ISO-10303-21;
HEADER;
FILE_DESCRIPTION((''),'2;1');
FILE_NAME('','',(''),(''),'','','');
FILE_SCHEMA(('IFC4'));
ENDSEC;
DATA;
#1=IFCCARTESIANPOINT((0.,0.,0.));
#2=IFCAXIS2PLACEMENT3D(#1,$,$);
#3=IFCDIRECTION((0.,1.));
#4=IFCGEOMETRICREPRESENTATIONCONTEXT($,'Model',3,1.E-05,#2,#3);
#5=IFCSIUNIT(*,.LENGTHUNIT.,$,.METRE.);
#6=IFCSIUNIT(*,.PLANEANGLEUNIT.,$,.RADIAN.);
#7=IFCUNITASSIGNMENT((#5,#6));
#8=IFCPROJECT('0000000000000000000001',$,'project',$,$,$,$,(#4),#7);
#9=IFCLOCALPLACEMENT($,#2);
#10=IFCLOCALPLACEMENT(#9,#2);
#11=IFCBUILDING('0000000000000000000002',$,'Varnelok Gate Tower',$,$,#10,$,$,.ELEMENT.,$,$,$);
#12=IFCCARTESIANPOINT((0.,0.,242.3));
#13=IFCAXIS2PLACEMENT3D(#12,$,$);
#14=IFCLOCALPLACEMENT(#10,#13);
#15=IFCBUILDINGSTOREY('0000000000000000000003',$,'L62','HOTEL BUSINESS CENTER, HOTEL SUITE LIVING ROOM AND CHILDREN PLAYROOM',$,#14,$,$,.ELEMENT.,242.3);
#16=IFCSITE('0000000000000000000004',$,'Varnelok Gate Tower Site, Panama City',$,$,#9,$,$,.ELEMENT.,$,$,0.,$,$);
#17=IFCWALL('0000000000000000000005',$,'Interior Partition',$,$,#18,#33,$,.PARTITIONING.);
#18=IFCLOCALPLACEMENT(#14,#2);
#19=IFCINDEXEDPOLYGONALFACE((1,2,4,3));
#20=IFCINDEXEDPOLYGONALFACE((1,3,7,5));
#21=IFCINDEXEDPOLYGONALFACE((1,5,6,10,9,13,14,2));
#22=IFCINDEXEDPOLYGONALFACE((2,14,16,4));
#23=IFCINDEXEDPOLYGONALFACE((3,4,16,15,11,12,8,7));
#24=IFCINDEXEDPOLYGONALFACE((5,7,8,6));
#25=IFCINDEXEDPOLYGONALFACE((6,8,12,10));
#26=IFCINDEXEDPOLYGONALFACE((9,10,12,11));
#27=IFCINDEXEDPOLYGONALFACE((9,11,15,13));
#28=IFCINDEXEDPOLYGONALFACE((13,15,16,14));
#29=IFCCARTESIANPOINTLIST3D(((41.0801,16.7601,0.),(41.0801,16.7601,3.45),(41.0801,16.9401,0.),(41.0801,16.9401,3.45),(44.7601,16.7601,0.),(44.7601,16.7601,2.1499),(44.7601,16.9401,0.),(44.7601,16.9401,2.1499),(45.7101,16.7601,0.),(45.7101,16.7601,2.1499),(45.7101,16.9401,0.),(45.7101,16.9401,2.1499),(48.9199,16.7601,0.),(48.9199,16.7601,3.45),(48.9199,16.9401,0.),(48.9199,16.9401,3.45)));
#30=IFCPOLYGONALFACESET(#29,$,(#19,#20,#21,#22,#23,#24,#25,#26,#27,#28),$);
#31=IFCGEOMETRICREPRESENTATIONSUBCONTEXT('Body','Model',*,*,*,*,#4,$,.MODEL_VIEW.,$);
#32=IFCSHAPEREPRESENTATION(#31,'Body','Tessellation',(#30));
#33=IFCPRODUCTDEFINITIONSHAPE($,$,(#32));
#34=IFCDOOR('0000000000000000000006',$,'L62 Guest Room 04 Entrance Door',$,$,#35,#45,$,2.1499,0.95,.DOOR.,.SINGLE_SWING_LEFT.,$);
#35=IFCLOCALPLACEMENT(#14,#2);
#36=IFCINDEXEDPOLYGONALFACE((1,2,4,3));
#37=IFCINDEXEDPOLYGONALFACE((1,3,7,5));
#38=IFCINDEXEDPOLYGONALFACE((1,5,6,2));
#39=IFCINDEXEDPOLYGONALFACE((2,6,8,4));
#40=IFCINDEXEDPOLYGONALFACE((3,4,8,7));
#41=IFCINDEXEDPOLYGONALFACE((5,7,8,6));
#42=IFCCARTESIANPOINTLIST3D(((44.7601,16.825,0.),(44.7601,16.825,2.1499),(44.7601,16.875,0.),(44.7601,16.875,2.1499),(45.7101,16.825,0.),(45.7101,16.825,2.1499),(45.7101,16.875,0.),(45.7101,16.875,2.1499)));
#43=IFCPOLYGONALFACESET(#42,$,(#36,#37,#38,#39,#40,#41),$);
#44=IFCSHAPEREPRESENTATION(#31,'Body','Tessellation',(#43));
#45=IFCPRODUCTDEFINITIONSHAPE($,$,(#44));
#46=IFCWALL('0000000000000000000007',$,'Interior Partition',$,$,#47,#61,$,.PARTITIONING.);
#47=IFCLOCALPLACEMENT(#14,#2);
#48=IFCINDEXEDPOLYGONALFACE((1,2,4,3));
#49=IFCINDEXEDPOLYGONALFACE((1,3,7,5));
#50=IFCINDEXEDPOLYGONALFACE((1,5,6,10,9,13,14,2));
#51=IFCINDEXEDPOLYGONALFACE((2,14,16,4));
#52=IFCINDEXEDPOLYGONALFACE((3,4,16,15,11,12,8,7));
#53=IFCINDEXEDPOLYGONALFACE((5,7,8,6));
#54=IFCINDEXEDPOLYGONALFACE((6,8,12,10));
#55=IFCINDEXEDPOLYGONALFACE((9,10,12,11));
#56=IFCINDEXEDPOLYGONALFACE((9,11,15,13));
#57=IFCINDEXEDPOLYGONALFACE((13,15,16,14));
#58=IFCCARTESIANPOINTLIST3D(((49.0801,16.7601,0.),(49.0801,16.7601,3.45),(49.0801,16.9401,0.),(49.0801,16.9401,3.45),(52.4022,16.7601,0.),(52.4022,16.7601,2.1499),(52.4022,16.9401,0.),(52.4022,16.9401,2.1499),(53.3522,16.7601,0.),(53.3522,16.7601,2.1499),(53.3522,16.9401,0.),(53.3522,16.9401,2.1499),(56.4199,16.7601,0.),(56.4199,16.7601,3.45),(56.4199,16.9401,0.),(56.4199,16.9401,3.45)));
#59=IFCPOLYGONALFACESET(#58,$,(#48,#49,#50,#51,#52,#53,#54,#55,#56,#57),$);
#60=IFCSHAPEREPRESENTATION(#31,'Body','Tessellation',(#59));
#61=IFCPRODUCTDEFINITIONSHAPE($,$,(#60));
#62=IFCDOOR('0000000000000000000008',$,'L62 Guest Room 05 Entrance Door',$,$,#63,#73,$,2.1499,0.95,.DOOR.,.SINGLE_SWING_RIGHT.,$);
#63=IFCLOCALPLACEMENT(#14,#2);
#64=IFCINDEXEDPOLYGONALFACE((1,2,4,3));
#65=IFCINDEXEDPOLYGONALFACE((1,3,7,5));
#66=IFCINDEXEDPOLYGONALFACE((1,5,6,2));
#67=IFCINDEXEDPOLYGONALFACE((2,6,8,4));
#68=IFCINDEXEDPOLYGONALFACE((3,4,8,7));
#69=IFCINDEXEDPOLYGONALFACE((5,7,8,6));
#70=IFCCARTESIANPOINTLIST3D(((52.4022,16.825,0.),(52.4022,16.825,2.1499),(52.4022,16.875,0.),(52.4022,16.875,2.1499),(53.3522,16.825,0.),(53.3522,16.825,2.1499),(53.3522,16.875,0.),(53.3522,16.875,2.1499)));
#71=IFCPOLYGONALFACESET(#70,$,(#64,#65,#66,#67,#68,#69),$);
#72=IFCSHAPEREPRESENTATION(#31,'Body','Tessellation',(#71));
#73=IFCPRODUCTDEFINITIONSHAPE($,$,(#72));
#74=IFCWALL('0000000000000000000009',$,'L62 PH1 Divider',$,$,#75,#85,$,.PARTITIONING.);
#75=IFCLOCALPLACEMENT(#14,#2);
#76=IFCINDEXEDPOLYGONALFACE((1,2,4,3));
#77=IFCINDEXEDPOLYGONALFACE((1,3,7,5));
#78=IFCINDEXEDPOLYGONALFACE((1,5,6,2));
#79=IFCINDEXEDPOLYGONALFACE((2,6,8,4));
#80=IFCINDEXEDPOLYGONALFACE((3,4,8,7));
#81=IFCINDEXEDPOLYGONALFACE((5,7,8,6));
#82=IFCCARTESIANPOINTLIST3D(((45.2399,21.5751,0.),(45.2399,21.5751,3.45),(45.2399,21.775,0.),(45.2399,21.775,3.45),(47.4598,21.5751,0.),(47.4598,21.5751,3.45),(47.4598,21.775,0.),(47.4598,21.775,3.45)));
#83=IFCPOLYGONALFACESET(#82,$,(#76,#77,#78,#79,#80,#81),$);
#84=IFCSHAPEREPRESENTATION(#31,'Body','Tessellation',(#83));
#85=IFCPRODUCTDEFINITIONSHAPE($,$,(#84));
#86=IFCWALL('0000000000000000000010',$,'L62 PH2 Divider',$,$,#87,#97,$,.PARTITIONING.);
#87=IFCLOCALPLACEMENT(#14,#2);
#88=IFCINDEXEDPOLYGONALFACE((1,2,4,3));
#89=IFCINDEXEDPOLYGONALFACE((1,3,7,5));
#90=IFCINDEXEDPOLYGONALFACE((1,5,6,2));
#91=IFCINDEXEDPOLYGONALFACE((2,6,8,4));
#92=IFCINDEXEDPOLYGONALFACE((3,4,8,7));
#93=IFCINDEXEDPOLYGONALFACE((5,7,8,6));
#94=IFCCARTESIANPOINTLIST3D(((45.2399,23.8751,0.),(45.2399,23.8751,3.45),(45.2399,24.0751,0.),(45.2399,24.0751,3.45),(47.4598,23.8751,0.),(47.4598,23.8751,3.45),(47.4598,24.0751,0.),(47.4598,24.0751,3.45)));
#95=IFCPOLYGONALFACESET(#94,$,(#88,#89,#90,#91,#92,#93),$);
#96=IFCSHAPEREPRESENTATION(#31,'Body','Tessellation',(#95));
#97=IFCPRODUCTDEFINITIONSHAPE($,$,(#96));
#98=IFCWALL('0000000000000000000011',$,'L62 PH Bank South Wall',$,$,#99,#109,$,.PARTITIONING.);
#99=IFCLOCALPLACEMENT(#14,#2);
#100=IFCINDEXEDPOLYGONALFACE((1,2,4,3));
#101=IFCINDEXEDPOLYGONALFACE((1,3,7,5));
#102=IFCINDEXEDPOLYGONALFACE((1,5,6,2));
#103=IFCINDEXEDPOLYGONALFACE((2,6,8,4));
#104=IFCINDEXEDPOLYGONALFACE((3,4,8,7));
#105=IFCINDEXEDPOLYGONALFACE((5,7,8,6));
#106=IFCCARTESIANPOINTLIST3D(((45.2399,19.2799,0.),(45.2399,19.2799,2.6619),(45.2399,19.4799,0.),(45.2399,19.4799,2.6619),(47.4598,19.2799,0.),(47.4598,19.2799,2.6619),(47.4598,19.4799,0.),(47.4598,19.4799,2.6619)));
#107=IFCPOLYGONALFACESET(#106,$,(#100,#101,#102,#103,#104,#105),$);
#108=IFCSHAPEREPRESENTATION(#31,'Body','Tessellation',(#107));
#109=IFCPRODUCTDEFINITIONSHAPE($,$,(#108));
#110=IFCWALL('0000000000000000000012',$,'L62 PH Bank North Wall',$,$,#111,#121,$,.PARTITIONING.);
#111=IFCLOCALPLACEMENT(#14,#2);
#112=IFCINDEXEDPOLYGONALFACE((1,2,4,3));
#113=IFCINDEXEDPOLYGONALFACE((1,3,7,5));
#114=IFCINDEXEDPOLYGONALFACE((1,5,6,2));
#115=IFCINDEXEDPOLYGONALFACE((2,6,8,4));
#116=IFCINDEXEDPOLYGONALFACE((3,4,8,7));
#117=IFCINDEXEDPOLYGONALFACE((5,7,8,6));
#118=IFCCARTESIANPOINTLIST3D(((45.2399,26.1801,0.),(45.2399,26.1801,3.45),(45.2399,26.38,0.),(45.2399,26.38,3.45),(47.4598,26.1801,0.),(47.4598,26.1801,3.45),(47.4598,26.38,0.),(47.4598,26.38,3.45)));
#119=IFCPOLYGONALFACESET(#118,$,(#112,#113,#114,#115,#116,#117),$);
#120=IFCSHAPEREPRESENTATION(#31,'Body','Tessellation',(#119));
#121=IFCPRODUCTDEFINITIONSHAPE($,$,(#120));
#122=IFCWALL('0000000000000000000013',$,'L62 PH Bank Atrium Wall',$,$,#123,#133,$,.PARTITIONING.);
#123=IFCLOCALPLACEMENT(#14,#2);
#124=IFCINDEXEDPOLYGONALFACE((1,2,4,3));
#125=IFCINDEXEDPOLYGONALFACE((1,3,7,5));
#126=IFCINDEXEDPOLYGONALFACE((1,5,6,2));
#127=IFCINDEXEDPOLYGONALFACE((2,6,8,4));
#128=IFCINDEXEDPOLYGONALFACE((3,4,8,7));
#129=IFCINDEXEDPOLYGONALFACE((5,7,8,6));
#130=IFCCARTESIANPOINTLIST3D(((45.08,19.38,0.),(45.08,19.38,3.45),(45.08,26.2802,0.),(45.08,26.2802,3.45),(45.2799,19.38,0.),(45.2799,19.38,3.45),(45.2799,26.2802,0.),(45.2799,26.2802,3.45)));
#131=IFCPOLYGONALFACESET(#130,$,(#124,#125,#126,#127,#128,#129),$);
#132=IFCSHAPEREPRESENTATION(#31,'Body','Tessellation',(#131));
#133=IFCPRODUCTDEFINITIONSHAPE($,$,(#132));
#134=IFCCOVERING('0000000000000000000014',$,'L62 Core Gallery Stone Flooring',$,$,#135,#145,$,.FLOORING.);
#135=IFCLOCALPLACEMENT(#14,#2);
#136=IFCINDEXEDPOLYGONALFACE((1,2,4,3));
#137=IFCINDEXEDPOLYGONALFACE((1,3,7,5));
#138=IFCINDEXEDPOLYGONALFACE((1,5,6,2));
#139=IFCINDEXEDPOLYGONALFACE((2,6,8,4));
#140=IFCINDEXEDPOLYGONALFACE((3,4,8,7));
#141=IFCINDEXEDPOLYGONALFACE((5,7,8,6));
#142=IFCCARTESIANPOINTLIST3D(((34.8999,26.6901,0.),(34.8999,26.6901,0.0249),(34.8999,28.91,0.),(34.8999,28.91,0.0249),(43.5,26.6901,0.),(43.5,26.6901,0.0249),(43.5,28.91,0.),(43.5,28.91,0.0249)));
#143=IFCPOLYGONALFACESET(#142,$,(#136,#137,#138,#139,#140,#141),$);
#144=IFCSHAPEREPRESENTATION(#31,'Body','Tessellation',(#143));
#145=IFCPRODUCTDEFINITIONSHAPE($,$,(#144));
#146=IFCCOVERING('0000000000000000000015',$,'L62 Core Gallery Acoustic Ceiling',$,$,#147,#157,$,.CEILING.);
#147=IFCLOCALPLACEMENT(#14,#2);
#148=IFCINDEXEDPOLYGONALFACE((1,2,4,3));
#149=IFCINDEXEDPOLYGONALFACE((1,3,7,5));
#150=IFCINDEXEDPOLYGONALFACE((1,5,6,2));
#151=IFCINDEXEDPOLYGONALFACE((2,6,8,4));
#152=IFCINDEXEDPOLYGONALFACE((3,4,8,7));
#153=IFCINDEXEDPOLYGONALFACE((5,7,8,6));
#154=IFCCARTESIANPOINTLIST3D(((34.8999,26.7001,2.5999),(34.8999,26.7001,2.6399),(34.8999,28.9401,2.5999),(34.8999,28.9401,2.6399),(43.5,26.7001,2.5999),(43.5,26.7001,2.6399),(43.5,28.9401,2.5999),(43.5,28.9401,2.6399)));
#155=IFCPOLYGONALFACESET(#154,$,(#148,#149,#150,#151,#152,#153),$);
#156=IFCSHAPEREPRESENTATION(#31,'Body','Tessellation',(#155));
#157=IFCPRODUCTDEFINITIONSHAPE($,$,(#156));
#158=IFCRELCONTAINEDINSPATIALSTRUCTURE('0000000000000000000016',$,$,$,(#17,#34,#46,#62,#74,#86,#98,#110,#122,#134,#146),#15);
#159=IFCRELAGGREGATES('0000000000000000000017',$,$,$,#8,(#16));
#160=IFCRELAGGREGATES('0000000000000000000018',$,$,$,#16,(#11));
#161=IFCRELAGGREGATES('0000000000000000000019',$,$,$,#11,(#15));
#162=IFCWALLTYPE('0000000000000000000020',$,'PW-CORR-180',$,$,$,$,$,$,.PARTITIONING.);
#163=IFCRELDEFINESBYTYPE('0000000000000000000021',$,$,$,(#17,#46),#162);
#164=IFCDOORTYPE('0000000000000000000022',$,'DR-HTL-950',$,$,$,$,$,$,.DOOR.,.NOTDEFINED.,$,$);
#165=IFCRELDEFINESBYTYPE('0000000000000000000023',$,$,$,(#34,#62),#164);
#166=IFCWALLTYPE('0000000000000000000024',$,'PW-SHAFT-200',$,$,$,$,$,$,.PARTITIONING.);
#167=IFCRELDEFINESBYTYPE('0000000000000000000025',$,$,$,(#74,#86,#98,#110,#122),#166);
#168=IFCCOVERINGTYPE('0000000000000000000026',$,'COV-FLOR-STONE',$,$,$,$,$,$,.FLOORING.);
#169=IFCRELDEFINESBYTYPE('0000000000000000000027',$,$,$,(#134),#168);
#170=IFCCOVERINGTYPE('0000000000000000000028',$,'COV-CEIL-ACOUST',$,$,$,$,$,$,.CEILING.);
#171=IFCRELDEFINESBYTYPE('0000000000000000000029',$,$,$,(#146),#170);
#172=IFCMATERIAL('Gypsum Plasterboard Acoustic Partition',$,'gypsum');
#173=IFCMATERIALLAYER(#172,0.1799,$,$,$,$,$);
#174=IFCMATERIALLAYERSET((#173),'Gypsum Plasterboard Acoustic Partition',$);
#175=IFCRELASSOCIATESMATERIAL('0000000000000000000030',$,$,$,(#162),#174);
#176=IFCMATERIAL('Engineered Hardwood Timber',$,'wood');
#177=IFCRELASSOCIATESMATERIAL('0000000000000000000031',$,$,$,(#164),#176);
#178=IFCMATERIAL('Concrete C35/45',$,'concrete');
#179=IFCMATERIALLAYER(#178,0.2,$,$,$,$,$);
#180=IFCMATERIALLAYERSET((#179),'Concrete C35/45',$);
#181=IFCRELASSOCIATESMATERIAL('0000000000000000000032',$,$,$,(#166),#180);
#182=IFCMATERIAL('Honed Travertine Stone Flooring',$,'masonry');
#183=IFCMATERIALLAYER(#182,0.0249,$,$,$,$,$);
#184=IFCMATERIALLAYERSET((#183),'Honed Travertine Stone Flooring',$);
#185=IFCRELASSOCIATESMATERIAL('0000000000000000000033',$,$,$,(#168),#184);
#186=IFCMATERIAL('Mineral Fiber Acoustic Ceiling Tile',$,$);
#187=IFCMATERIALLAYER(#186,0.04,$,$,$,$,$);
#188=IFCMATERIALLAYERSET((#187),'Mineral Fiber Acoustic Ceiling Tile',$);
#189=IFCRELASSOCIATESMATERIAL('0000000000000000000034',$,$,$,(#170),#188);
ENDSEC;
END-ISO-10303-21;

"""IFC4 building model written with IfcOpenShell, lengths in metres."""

from ifc_helpers import new_model, si_unit, direction, frame, frame_2d, origin, origin_2d, place, context, subcontext, project, spatial, rectangle, extrude, source, transform, mapped, material, layer, layer_set, type_object, element, fill, save


model = new_model("IFC4")

# Units and contexts
model_context = context("Model", 3, precision=1e-05, world=origin(), true_north=direction((0.0, 1.0)))
body_context = subcontext(model_context, "Body", "Model", "MODEL_VIEW")
ifc_project = project(units=[si_unit("LENGTHUNIT", "METRE"), si_unit("PLANEANGLEUNIT", "RADIAN")], contexts=[model_context])

# Site, building, storey
site_placement = place(None, origin())
site = spatial("IfcSite", under=ifc_project, at=site_placement, Name="Varnelok Gate Tower Site, Panama City", CompositionType="ELEMENT", RefElevation=0.0)
building_placement = place(site_placement, origin())
building = spatial("IfcBuilding", under=site, at=building_placement, Name="Varnelok Gate Tower", CompositionType="ELEMENT")
storey_placement = place(building_placement, frame((0.0, 0.0, 242.3)))
storey = spatial("IfcBuildingStorey", under=building, at=storey_placement, Name="L62", Description="HOTEL BUSINESS CENTER, HOTEL SUITE LIVING ROOM AND CHILDREN PLAYROOM", CompositionType="ELEMENT", Elevation=242.3)

# Walls, openings, doors
ifc_material_1 = material(Name="Gypsum Plasterboard Acoustic Partition", Category="gypsum")
ifc_layer_1 = layer(ifc_material_1, 0.1799)
ifc_layer_set_1 = layer_set([ifc_layer_1], Name="Gypsum Plasterboard Acoustic Partition")
wall_type_1 = type_object("IfcWallType", Name="PW-CORR-180", PredefinedType="PARTITIONING", material=ifc_layer_set_1)
wall_1_placement = place(storey_placement, frame((41.0801, 16.8501, 0.0), z_axis=(0.0, 0.0, 1.0), x_axis=(1.0, 0.0, 0.0)))
wall_1 = element("IfcWall", 1, at=wall_1_placement, inside=storey, type_object=wall_type_1, Name="Interior Partition", PredefinedType="PARTITIONING", context=body_context, shape_type="SweptSolid", body=[
    extrude(rectangle(XDim=7.8398, YDim=0.1799, at=frame_2d((3.9199, 0.0))), origin(), (0.0, 0.0, 1.0), 3.45),
])
opening_1_placement = place(wall_1_placement, frame((3.6799, 0.0, 0.0)))
opening_1 = element("IfcOpeningElement", 2, at=opening_1_placement, cuts=wall_1, PredefinedType="OPENING", context=body_context, shape_type="SweptSolid", body=[
    extrude(rectangle(XDim=0.95, YDim=2.1499, at=frame_2d((0.4751, 1.075))), frame((0.0, 0.0999, 0.0), z_axis=(0.0, -1.0, 0.0), x_axis=(1.0, 0.0, 0.0)), (0.0, 0.0, 1.0), 0.2),
])
ifc_material_2 = material(Name="Engineered Hardwood Timber", Category="wood")
door_type_1 = type_object("IfcDoorType", Name="DR-HTL-950", OperationType="NOTDEFINED", PredefinedType="DOOR", material=ifc_material_2)
door_1_placement = place(opening_1_placement, origin())
door_1 = element("IfcDoor", 3, at=door_1_placement, inside=storey, type_object=door_type_1, Name="L62 Guest Room 04 Entrance Door", OperationType="SINGLE_SWING_LEFT", OverallHeight=2.1499, OverallWidth=0.95, PredefinedType="DOOR", context=body_context, shape_type="SweptSolid", body=[
    extrude(rectangle(XDim=0.95, YDim=2.1499, at=frame_2d((0.4751, 1.075))), frame((0.0, 0.0249, 0.0), z_axis=(0.0, -1.0, 0.0), x_axis=(1.0, 0.0, 0.0)), (0.0, 0.0, 1.0), 0.05),
])
fill(opening_1, door_1)
wall_2_placement = place(storey_placement, frame((49.0801, 16.8501, 0.0), z_axis=(0.0, 0.0, 1.0), x_axis=(1.0, 0.0, 0.0)))
wall_2 = element("IfcWall", 4, at=wall_2_placement, inside=storey, type_object=wall_type_1, Name="Interior Partition", PredefinedType="PARTITIONING", context=body_context, shape_type="SweptSolid", body=[
    extrude(rectangle(XDim=7.3398, YDim=0.1799, at=frame_2d((3.6699, 0.0))), origin(), (0.0, 0.0, 1.0), 3.45),
])
opening_2_placement = place(wall_2_placement, frame((3.322, 0.0, 0.0)))
opening_2 = element("IfcOpeningElement", 5, at=opening_2_placement, cuts=wall_2, PredefinedType="OPENING", context=body_context, shape_type="SweptSolid", body=[
    extrude(rectangle(XDim=0.95, YDim=2.1499, at=frame_2d((0.4751, 1.075))), frame((0.0, 0.0999, 0.0), z_axis=(0.0, -1.0, 0.0), x_axis=(1.0, 0.0, 0.0)), (0.0, 0.0, 1.0), 0.2),
])
door_2_placement = place(opening_2_placement, origin())
door_2 = element("IfcDoor", 6, at=door_2_placement, inside=storey, type_object=door_type_1, Name="L62 Guest Room 05 Entrance Door", OperationType="SINGLE_SWING_RIGHT", OverallHeight=2.1499, OverallWidth=0.95, PredefinedType="DOOR", context=body_context, shape_type="SweptSolid", body=[
    extrude(rectangle(XDim=0.95, YDim=2.1499, at=frame_2d((0.4751, 1.075))), frame((0.0, 0.0249, 0.0), z_axis=(0.0, -1.0, 0.0), x_axis=(1.0, 0.0, 0.0)), (0.0, 0.0, 1.0), 0.05),
])
fill(opening_2, door_2)

# Walls
ifc_material_3 = material(Name="Concrete C35/45", Category="concrete")
ifc_layer_2 = layer(ifc_material_3, 0.2)
ifc_layer_set_2 = layer_set([ifc_layer_2], Name="Concrete C35/45")
wall_type_2 = type_object("IfcWallType", Name="PW-SHAFT-200", PredefinedType="PARTITIONING", material=ifc_layer_set_2)
for number, where, z_axis, x_axis, name in (
    (7, (45.24, 21.675, 0.0), (0.0, 0.0, 1.0), (1.0, 0.0, 0.0), "L62 PH1 Divider"),
    (8, (45.24, 23.9751, 0.0), (0.0, 0.0, 1.0), (1.0, 0.0, 0.0), "L62 PH2 Divider"),
):
    element("IfcWall", number, at=place(storey_placement, frame(where, z_axis=z_axis, x_axis=x_axis)), inside=storey, type_object=wall_type_2, Name=name, PredefinedType="PARTITIONING", context=body_context, shape_type="SweptSolid", body=[
        extrude(rectangle(XDim=2.22, YDim=0.2, at=frame_2d((1.1099, 0.0))), origin(), (0.0, 0.0, 1.0), 3.45),
    ])
wall_3_placement = place(storey_placement, frame((45.24, 19.3799, 0.0), z_axis=(0.0, 0.0, 1.0), x_axis=(1.0, 0.0, 0.0)))
element("IfcWall", 9, at=wall_3_placement, inside=storey, type_object=wall_type_2, Name="L62 PH Bank South Wall", PredefinedType="PARTITIONING", context=body_context, shape_type="SweptSolid", body=[
    extrude(rectangle(XDim=2.22, YDim=0.2, at=frame_2d((1.1099, 0.0))), origin(), (0.0, 0.0, 1.0), 2.6619),
])
wall_4_placement = place(storey_placement, frame((45.24, 26.28, 0.0), z_axis=(0.0, 0.0, 1.0), x_axis=(1.0, 0.0, 0.0)))
element("IfcWall", 10, at=wall_4_placement, inside=storey, type_object=wall_type_2, Name="L62 PH Bank North Wall", PredefinedType="PARTITIONING", context=body_context, shape_type="SweptSolid", body=[
    extrude(rectangle(XDim=2.22, YDim=0.2, at=frame_2d((1.1099, 0.0))), origin(), (0.0, 0.0, 1.0), 3.45),
])
wall_5_placement = place(storey_placement, frame((45.1799, 19.3799, 0.0), z_axis=(0.0, 0.0, 1.0), x_axis=(0.0, 1.0, 0.0)))
element("IfcWall", 11, at=wall_5_placement, inside=storey, type_object=wall_type_2, Name="L62 PH Bank Atrium Wall", PredefinedType="PARTITIONING", context=body_context, shape_type="SweptSolid", body=[
    extrude(rectangle(XDim=6.9001, YDim=0.2, at=frame_2d((3.4502, 0.0))), origin(), (0.0, 0.0, 1.0), 3.45),
])

# Coverings
ifc_material_4 = material(Name="Honed Travertine Stone Flooring", Category="masonry")
ifc_layer_3 = layer(ifc_material_4, 0.0249)
ifc_layer_set_3 = layer_set([ifc_layer_3], Name="Honed Travertine Stone Flooring")
covering_type_1 = type_object("IfcCoveringType", Name="COV-FLOR-STONE", PredefinedType="FLOORING", material=ifc_layer_set_3)
shared_shape_1 = source(origin(), body_context, "Body", "SweptSolid", [
    extrude(rectangle(XDim=8.6001, YDim=2.22, at=origin_2d()), origin(), (0.0, 0.0, 1.0), 0.0249),
])
covering_1_placement = place(storey_placement, frame((39.2, 27.8, 0.0), z_axis=(0.0, 0.0, 1.0), x_axis=(1.0, 0.0, 0.0)))
element("IfcCovering", 12, at=covering_1_placement, inside=storey, type_object=covering_type_1, Name="L62 Core Gallery Stone Flooring", PredefinedType="FLOORING", context=body_context, shape_type="MappedRepresentation", body=[
    mapped(shared_shape_1, transform((0.0, 0.0, 0.0), scale=1.0)),
])
ifc_material_5 = material(Name="Mineral Fiber Acoustic Ceiling Tile")
ifc_layer_4 = layer(ifc_material_5, 0.04)
ifc_layer_set_4 = layer_set([ifc_layer_4], Name="Mineral Fiber Acoustic Ceiling Tile")
covering_type_2 = type_object("IfcCoveringType", Name="COV-CEIL-ACOUST", PredefinedType="CEILING", material=ifc_layer_set_4)
shared_shape_2 = source(origin(), body_context, "Body", "SweptSolid", [
    extrude(rectangle(XDim=8.6001, YDim=2.24, at=origin_2d()), origin(), (0.0, 0.0, 1.0), 0.04),
])
covering_2_placement = place(storey_placement, frame((39.2, 27.8201, 2.5999), z_axis=(0.0, 0.0, 1.0), x_axis=(1.0, 0.0, 0.0)))
element("IfcCovering", 13, at=covering_2_placement, inside=storey, type_object=covering_type_2, Name="L62 Core Gallery Acoustic Ceiling", PredefinedType="CEILING", context=body_context, shape_type="MappedRepresentation", body=[
    mapped(shared_shape_2, transform((0.0, 0.0, 0.0), scale=1.0)),
])

save(model, "model.ifc")
